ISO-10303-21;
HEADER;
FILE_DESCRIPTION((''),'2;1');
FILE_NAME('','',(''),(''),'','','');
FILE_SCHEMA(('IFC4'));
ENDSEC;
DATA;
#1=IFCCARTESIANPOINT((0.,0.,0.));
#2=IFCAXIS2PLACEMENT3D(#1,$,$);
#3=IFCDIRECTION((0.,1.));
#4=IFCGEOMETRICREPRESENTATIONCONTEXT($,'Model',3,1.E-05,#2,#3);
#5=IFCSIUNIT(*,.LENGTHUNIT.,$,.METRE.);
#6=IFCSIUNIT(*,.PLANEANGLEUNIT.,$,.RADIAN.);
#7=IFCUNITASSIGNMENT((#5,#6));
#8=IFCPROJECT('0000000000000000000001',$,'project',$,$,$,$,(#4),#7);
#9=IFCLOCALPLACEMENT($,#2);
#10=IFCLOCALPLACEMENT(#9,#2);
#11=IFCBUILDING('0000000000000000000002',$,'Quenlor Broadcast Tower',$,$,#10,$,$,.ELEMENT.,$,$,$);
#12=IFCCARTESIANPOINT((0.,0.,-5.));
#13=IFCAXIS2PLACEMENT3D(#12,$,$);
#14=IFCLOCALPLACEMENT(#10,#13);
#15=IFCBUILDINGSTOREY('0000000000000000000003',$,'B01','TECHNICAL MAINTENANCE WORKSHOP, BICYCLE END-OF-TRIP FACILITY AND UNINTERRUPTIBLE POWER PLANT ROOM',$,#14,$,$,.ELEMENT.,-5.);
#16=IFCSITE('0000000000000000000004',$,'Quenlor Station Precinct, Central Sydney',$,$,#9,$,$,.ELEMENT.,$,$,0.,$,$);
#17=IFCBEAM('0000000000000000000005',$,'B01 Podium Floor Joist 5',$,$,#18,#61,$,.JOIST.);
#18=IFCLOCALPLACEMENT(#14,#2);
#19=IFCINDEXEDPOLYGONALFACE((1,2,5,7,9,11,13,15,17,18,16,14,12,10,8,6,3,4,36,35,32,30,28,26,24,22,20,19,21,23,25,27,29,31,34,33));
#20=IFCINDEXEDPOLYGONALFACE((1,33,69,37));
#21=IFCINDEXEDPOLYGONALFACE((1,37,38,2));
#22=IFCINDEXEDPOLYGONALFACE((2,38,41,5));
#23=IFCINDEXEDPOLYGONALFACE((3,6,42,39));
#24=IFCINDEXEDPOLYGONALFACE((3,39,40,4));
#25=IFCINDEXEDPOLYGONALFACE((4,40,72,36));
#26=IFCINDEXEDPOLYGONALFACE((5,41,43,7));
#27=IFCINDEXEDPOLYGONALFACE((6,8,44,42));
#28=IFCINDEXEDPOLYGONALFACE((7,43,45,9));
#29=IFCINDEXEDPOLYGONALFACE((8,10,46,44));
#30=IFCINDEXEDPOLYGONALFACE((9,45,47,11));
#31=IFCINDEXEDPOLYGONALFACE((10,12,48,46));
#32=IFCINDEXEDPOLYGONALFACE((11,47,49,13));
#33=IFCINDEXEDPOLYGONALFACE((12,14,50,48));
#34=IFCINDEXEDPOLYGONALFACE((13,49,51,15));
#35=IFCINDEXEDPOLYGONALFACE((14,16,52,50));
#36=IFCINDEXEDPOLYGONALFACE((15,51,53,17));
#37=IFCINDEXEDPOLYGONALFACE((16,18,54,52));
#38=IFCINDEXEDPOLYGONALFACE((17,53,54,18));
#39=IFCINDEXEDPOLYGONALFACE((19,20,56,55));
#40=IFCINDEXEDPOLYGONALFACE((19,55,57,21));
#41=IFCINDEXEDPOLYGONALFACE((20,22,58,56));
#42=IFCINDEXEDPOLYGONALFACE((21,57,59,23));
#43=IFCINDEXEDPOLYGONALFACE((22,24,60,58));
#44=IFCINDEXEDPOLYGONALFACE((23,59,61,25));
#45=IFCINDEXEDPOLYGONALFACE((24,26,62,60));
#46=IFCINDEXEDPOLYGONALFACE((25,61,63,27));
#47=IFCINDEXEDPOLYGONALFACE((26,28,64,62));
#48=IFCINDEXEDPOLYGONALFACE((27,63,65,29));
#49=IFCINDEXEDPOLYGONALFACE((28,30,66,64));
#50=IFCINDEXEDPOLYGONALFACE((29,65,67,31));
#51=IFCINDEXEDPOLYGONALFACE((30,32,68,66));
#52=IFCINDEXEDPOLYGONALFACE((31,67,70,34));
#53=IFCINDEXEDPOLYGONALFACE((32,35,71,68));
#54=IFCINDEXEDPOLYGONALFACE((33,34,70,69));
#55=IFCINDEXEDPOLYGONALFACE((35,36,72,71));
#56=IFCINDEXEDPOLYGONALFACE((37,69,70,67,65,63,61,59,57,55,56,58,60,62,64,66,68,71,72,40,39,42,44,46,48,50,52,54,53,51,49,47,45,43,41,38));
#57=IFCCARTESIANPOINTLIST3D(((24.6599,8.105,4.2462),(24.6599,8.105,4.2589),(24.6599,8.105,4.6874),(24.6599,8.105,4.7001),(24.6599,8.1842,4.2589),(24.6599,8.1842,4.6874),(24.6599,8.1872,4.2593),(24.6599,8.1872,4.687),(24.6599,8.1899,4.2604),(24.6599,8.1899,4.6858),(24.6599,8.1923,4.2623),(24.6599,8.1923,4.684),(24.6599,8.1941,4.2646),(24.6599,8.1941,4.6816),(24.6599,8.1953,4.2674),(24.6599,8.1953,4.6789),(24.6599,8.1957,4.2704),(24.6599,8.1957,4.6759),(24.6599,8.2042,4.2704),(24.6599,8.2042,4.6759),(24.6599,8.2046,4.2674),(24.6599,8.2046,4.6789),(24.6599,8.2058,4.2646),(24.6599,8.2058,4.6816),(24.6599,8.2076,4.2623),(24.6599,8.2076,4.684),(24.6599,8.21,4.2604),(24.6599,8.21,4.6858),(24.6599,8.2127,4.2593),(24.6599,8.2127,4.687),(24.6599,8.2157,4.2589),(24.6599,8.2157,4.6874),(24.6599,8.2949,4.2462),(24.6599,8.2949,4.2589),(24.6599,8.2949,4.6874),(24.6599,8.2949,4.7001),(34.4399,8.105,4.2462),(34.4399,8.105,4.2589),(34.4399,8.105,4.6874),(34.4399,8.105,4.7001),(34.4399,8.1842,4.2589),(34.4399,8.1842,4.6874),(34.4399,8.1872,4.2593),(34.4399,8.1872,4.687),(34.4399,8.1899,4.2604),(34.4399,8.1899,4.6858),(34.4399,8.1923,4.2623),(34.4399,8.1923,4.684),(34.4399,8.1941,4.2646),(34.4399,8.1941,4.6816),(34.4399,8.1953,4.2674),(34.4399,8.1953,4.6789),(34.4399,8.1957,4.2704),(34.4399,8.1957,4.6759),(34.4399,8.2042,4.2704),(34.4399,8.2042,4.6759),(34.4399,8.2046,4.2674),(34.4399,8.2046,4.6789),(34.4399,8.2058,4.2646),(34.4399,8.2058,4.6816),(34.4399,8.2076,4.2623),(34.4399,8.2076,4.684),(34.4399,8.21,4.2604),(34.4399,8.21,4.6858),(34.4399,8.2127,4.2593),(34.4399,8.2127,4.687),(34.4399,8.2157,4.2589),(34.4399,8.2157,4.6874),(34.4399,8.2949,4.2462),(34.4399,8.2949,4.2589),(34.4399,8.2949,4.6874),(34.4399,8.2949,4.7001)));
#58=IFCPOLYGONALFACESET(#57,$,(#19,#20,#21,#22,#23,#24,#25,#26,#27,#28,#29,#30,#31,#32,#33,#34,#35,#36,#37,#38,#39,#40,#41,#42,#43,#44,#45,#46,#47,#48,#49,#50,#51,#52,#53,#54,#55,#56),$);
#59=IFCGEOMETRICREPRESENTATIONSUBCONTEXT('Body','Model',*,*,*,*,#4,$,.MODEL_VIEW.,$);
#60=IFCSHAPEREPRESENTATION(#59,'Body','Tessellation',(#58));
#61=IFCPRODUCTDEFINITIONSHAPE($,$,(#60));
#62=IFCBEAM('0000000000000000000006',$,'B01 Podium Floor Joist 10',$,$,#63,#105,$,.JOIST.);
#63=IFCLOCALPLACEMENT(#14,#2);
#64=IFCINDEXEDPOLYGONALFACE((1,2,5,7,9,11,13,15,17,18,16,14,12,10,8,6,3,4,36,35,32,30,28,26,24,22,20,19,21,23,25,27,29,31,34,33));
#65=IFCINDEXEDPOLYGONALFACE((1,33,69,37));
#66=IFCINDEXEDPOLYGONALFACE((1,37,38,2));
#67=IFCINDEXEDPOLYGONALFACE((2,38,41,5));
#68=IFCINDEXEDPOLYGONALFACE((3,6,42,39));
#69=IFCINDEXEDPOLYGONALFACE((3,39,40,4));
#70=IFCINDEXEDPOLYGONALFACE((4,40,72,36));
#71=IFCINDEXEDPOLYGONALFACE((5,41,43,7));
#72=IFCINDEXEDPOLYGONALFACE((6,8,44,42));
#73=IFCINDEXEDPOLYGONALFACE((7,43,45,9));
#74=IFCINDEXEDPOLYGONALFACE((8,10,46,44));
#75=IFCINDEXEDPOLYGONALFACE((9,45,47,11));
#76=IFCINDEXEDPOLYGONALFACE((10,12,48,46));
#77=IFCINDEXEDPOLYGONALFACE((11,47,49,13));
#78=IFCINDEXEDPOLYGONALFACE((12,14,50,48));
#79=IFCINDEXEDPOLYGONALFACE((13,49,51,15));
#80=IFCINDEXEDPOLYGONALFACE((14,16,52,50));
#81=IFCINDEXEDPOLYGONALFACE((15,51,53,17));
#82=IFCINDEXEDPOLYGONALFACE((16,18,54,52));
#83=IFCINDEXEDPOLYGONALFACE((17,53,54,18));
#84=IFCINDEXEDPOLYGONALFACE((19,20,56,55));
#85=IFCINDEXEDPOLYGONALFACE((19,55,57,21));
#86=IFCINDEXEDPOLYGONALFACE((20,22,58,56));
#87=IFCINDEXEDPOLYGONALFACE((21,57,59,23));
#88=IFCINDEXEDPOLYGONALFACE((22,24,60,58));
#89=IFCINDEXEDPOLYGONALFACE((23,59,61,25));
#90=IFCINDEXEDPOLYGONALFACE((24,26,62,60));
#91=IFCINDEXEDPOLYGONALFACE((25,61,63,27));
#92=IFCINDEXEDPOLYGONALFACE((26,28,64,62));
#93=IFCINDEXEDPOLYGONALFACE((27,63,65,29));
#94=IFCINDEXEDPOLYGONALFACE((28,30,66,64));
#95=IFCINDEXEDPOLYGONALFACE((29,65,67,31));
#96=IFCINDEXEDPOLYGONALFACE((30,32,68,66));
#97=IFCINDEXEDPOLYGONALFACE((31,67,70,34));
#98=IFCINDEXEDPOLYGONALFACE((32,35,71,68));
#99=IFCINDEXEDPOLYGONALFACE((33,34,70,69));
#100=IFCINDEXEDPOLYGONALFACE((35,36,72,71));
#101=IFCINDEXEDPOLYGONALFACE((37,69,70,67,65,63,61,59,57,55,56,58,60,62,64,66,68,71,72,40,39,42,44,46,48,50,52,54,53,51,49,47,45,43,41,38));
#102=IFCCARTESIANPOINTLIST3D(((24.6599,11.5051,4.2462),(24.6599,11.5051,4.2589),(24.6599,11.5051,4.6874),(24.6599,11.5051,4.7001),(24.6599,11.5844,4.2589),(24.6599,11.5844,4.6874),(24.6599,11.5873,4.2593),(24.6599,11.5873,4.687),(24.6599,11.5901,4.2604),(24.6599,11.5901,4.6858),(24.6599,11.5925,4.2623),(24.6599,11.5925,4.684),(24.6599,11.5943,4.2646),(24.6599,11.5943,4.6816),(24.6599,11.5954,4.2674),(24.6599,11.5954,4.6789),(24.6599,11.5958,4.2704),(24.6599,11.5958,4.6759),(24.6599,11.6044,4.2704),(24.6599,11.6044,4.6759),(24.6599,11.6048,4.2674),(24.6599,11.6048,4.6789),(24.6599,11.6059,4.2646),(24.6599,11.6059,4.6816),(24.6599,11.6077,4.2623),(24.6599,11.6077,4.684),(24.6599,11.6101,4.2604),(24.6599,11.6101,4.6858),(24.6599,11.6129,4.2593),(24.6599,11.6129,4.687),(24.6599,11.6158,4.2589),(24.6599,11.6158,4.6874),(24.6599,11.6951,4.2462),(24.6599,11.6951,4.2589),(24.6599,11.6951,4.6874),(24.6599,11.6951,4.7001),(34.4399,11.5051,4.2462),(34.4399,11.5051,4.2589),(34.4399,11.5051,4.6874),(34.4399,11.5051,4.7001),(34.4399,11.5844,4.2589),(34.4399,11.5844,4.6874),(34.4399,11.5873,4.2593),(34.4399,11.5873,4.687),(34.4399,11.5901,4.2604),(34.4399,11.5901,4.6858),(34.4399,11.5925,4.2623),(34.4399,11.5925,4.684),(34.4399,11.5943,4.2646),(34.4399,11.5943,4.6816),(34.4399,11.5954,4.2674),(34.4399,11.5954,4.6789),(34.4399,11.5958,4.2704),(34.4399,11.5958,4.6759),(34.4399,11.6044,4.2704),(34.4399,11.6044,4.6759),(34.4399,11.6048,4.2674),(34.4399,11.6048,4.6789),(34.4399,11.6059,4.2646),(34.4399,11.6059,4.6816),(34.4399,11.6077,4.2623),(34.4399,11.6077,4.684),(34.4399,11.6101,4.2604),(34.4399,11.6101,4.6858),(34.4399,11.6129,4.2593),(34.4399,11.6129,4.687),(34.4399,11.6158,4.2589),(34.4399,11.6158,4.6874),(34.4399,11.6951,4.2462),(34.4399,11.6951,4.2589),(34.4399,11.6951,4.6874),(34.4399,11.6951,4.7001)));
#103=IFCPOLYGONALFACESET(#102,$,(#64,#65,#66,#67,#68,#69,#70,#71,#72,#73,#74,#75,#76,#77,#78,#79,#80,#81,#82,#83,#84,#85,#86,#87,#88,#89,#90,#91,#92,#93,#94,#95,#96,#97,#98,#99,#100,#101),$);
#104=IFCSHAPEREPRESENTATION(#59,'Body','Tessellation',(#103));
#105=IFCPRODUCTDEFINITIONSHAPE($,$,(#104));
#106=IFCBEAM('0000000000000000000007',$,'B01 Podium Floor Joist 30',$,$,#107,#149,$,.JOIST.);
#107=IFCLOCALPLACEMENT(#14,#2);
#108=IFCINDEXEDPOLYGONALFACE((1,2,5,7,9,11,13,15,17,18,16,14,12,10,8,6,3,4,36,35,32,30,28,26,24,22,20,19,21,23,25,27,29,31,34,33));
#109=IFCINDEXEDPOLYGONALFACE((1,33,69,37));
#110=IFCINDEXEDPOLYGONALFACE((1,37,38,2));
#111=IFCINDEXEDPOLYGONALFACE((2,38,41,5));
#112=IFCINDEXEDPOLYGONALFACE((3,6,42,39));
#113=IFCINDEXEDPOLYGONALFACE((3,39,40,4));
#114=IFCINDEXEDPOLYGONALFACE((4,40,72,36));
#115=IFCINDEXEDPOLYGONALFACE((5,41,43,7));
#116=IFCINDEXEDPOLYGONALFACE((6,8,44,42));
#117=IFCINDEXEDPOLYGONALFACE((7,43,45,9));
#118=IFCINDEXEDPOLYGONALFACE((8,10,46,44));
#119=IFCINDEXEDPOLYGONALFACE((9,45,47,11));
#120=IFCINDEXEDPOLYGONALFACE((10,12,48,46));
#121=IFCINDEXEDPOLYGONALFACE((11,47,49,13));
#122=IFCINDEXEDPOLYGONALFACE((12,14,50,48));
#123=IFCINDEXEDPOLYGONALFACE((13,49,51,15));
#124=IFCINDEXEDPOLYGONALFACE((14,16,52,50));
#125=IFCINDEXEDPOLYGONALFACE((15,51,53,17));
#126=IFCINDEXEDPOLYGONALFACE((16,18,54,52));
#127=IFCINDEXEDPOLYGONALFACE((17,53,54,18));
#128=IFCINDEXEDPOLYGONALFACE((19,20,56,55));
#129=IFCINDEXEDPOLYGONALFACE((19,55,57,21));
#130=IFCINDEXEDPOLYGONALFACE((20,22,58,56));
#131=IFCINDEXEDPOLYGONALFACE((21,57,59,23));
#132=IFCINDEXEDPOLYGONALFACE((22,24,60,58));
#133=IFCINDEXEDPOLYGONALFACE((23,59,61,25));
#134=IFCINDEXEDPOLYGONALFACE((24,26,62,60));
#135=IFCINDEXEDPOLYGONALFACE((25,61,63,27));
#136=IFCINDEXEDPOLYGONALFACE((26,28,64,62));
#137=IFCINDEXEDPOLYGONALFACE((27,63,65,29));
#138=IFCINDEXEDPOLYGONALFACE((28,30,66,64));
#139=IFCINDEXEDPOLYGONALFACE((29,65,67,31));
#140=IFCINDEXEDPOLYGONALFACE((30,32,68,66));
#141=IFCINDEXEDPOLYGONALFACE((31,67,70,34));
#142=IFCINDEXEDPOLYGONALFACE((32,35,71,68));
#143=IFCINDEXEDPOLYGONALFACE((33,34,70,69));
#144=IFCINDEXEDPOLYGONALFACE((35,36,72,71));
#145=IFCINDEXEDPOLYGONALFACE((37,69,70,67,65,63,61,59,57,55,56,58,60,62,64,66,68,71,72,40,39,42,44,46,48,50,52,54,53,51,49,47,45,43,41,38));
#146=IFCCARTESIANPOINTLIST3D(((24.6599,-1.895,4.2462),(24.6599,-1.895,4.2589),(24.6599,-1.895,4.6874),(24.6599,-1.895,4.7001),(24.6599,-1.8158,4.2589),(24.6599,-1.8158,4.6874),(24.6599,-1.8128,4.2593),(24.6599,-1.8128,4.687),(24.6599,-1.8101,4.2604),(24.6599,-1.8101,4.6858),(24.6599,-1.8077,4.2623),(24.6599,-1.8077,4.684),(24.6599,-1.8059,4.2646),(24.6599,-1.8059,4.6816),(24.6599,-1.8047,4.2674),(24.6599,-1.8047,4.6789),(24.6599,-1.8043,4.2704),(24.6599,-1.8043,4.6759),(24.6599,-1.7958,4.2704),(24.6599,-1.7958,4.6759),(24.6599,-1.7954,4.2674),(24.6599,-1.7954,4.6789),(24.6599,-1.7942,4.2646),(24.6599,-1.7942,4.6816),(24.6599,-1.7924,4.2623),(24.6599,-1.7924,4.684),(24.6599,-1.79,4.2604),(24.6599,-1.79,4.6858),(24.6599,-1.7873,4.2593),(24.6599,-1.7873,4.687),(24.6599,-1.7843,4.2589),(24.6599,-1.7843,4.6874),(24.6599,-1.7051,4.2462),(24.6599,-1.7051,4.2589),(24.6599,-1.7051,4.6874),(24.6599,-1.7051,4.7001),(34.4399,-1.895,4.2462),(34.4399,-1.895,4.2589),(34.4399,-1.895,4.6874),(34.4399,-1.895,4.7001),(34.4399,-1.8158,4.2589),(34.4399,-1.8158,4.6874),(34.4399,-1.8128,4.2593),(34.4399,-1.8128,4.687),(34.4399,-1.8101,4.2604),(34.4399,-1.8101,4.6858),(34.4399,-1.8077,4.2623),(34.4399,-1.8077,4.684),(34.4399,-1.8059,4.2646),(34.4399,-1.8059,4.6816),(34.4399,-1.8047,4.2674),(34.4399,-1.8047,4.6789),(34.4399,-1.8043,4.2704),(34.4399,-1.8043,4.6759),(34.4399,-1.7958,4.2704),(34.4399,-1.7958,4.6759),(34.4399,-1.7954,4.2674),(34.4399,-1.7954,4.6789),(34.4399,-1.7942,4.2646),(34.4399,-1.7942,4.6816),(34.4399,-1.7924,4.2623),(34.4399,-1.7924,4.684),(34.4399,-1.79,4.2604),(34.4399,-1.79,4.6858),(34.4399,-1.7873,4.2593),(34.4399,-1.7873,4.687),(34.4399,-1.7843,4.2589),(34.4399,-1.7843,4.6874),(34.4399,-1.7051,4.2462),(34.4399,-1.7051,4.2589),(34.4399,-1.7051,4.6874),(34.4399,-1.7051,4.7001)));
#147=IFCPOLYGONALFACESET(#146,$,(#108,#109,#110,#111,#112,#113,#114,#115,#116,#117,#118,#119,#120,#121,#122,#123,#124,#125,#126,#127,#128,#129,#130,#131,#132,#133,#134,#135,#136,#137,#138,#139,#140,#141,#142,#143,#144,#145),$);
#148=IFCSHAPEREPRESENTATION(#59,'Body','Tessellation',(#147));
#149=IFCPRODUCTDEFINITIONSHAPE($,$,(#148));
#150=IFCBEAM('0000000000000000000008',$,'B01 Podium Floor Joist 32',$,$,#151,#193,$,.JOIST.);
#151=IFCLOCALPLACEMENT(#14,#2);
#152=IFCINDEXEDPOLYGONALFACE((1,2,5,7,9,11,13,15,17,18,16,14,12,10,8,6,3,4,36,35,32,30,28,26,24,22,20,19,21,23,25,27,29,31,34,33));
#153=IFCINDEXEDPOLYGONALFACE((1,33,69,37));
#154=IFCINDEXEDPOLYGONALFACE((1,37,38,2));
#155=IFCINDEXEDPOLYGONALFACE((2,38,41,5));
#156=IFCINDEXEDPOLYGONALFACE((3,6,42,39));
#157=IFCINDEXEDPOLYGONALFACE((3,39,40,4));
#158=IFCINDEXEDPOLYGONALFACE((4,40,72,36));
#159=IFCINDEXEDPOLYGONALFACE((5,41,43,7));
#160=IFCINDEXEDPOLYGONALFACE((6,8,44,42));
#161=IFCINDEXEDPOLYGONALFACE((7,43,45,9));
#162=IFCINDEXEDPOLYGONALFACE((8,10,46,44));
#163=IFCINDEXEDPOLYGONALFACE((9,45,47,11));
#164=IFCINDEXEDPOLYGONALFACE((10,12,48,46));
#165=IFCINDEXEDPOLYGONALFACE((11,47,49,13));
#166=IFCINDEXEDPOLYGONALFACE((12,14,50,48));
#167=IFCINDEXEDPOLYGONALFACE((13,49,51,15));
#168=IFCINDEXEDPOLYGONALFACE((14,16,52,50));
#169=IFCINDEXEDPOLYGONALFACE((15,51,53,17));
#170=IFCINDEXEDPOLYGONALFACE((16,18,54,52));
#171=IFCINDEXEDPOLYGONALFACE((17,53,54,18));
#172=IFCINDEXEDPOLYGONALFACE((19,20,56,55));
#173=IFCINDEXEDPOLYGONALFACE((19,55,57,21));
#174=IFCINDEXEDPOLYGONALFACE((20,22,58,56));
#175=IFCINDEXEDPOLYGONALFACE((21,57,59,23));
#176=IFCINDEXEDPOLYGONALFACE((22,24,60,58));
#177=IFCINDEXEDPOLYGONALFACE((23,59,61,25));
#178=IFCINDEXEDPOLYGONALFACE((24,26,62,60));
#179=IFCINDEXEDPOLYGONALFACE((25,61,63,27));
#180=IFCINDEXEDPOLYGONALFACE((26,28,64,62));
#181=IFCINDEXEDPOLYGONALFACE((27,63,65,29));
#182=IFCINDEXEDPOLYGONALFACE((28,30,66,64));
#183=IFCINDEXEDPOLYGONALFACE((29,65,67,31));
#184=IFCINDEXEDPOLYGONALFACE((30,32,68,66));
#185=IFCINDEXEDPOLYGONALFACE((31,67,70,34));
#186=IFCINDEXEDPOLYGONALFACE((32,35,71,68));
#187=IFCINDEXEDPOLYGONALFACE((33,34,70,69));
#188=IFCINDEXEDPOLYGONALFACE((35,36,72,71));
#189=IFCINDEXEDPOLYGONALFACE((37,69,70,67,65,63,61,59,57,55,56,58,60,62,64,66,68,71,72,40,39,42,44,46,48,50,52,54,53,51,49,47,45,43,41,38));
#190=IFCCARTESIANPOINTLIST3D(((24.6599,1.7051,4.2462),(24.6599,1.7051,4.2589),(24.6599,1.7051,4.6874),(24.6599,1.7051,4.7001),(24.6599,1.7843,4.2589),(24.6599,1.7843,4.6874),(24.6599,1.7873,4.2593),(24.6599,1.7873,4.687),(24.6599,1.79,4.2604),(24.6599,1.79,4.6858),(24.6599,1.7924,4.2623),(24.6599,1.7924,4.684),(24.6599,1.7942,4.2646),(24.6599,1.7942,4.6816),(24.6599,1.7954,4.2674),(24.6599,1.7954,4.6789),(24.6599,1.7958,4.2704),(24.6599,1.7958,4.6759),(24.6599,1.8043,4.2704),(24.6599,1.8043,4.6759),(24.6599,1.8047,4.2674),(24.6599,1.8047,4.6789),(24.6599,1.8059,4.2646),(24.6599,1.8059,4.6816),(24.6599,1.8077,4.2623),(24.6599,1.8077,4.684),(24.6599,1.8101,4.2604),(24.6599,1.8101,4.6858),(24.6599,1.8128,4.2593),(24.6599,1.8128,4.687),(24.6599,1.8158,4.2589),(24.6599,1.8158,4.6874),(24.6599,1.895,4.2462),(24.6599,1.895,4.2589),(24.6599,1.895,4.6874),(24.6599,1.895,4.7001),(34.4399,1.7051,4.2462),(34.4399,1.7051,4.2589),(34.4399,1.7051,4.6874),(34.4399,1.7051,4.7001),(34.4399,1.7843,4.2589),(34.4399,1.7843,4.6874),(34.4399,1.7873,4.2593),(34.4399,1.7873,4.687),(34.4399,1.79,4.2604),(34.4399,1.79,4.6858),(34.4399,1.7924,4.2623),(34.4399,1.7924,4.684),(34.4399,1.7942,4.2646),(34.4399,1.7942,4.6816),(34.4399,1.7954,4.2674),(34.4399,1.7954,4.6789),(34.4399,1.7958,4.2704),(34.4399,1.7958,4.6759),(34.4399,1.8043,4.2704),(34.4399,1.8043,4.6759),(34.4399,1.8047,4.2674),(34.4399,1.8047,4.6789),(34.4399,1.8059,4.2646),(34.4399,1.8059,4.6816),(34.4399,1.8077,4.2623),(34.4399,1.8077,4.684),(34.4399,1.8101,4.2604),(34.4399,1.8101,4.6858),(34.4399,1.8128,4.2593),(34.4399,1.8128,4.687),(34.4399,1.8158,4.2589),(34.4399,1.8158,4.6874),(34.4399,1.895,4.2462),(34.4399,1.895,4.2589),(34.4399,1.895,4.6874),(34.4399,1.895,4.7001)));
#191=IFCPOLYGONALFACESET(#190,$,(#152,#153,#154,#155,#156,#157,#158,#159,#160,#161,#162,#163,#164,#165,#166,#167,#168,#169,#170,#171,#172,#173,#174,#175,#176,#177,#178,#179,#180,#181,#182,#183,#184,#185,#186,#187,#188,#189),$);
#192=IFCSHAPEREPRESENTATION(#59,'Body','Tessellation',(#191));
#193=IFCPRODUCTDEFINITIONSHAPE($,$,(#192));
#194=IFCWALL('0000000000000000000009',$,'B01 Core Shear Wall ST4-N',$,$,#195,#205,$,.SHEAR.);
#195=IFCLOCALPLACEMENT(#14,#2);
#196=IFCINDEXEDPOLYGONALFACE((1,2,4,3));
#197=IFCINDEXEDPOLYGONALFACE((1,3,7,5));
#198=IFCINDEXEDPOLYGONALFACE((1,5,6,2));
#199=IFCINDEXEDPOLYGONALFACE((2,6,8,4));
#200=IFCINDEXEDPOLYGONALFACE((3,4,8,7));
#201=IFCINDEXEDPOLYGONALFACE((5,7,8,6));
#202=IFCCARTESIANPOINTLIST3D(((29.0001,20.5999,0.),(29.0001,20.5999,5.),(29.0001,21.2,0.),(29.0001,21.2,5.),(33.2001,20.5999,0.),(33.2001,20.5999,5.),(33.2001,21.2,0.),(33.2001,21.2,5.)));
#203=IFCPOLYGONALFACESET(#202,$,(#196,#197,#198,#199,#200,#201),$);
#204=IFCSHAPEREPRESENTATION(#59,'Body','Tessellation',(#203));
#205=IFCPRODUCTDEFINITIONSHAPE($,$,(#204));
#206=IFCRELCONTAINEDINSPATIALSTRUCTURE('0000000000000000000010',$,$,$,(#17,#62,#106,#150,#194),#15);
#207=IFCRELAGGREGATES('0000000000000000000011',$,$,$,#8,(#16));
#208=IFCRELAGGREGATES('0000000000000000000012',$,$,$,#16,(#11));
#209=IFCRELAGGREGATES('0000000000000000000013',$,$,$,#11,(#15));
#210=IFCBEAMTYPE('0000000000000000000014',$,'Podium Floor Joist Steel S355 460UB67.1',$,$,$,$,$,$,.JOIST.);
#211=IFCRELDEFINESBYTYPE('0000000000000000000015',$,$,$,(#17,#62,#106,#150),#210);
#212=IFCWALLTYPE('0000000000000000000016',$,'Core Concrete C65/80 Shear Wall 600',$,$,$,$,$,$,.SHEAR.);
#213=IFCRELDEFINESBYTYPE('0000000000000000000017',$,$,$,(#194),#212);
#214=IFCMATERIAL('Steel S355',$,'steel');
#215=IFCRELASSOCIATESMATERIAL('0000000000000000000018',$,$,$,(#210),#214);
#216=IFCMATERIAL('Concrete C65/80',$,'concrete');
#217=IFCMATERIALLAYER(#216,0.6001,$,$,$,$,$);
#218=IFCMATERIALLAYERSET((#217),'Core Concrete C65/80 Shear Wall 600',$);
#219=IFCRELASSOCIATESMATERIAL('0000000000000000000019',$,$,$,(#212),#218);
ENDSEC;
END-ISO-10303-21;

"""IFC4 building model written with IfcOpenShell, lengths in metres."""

from ifc_helpers import new_model, si_unit, direction, frame, frame_2d, origin, origin_2d, place, context, subcontext, project, spatial, rectangle, i_section, extrude, material, layer, layer_set, material_profile, profile_set, type_object, element, save


model = new_model("IFC4")

# Units and contexts
model_context = context("Model", 3, precision=1e-05, world=origin(), true_north=direction((0.0, 1.0)))
body_context = subcontext(model_context, "Body", "Model", "MODEL_VIEW")
ifc_project = project(units=[si_unit("LENGTHUNIT", "METRE"), si_unit("PLANEANGLEUNIT", "RADIAN")], contexts=[model_context])

# Site, building, storey
site_placement = place(None, origin())
site = spatial("IfcSite", under=ifc_project, at=site_placement, Name="Quenlor Station Precinct, Central Sydney", CompositionType="ELEMENT", RefElevation=0.0)
building_placement = place(site_placement, origin())
building = spatial("IfcBuilding", under=site, at=building_placement, Name="Quenlor Broadcast Tower", CompositionType="ELEMENT")
storey_placement = place(building_placement, frame((0.0, 0.0, -5.0)))
storey = spatial("IfcBuildingStorey", under=building, at=storey_placement, Name="B01", Description="TECHNICAL MAINTENANCE WORKSHOP, BICYCLE END-OF-TRIP FACILITY AND UNINTERRUPTIBLE POWER PLANT ROOM", CompositionType="ELEMENT", Elevation=-5.0)

# Beams
ifc_material_1 = material(Name="Steel S355", Category="steel")
ifc_material_profile_1 = material_profile(ifc_material_1, i_section(OverallWidth=0.1899, OverallDepth=0.4539, WebThickness=0.0085, FlangeThickness=0.0127, FilletRadius=0.0115, at=origin_2d()))
ifc_profile_set_1 = profile_set([ifc_material_profile_1], Name="Steel S355 460UB67.1")
beam_type_1 = type_object("IfcBeamType", Name="Podium Floor Joist Steel S355 460UB67.1", PredefinedType="JOIST", material=ifc_profile_set_1)
for number, where, z_axis, x_axis, name in (
    (1, (24.6599, 8.2, 4.4731), (1.0, 0.0, 0.0), (0.0, 1.0, 0.0), "B01 Podium Floor Joist 5"),
    (2, (24.6599, 11.6001, 4.4731), (1.0, 0.0, 0.0), (0.0, 1.0, 0.0), "B01 Podium Floor Joist 10"),
    (3, (24.6599, -1.8, 4.4731), (1.0, 0.0, 0.0), (0.0, 1.0, 0.0), "B01 Podium Floor Joist 30"),
    (4, (24.6599, 1.8, 4.4731), (1.0, 0.0, 0.0), (0.0, 1.0, 0.0), "B01 Podium Floor Joist 32"),
):
    element("IfcBeam", number, at=place(storey_placement, frame(where, z_axis=z_axis, x_axis=x_axis)), inside=storey, type_object=beam_type_1, Name=name, PredefinedType="JOIST", context=body_context, shape_type="SweptSolid", body=[
        extrude(i_section(OverallWidth=0.1899, OverallDepth=0.4539, WebThickness=0.0085, FlangeThickness=0.0127, FilletRadius=0.0115, at=origin_2d()), origin(), (0.0, 0.0, 1.0), 9.78),
    ])

# Wall
ifc_material_2 = material(Name="Concrete C65/80", Category="concrete")
ifc_layer_1 = layer(ifc_material_2, 0.6001)
ifc_layer_set_1 = layer_set([ifc_layer_1], Name="Core Concrete C65/80 Shear Wall 600")
wall_type_1 = type_object("IfcWallType", Name="Core Concrete C65/80 Shear Wall 600", PredefinedType="SHEAR", material=ifc_layer_set_1)
wall_1_placement = place(storey_placement, frame((29.0, 20.8999, 0.0), z_axis=(0.0, 0.0, 1.0), x_axis=(1.0, 0.0, 0.0)))
element("IfcWall", 5, at=wall_1_placement, inside=storey, type_object=wall_type_1, Name="B01 Core Shear Wall ST4-N", PredefinedType="SHEAR", context=body_context, shape_type="SweptSolid", body=[
    extrude(rectangle(XDim=4.2, YDim=0.6001, at=frame_2d((2.1001, 0.0))), origin(), (0.0, 0.0, 1.0), 5.0),
])

save(model, "model.ifc")
